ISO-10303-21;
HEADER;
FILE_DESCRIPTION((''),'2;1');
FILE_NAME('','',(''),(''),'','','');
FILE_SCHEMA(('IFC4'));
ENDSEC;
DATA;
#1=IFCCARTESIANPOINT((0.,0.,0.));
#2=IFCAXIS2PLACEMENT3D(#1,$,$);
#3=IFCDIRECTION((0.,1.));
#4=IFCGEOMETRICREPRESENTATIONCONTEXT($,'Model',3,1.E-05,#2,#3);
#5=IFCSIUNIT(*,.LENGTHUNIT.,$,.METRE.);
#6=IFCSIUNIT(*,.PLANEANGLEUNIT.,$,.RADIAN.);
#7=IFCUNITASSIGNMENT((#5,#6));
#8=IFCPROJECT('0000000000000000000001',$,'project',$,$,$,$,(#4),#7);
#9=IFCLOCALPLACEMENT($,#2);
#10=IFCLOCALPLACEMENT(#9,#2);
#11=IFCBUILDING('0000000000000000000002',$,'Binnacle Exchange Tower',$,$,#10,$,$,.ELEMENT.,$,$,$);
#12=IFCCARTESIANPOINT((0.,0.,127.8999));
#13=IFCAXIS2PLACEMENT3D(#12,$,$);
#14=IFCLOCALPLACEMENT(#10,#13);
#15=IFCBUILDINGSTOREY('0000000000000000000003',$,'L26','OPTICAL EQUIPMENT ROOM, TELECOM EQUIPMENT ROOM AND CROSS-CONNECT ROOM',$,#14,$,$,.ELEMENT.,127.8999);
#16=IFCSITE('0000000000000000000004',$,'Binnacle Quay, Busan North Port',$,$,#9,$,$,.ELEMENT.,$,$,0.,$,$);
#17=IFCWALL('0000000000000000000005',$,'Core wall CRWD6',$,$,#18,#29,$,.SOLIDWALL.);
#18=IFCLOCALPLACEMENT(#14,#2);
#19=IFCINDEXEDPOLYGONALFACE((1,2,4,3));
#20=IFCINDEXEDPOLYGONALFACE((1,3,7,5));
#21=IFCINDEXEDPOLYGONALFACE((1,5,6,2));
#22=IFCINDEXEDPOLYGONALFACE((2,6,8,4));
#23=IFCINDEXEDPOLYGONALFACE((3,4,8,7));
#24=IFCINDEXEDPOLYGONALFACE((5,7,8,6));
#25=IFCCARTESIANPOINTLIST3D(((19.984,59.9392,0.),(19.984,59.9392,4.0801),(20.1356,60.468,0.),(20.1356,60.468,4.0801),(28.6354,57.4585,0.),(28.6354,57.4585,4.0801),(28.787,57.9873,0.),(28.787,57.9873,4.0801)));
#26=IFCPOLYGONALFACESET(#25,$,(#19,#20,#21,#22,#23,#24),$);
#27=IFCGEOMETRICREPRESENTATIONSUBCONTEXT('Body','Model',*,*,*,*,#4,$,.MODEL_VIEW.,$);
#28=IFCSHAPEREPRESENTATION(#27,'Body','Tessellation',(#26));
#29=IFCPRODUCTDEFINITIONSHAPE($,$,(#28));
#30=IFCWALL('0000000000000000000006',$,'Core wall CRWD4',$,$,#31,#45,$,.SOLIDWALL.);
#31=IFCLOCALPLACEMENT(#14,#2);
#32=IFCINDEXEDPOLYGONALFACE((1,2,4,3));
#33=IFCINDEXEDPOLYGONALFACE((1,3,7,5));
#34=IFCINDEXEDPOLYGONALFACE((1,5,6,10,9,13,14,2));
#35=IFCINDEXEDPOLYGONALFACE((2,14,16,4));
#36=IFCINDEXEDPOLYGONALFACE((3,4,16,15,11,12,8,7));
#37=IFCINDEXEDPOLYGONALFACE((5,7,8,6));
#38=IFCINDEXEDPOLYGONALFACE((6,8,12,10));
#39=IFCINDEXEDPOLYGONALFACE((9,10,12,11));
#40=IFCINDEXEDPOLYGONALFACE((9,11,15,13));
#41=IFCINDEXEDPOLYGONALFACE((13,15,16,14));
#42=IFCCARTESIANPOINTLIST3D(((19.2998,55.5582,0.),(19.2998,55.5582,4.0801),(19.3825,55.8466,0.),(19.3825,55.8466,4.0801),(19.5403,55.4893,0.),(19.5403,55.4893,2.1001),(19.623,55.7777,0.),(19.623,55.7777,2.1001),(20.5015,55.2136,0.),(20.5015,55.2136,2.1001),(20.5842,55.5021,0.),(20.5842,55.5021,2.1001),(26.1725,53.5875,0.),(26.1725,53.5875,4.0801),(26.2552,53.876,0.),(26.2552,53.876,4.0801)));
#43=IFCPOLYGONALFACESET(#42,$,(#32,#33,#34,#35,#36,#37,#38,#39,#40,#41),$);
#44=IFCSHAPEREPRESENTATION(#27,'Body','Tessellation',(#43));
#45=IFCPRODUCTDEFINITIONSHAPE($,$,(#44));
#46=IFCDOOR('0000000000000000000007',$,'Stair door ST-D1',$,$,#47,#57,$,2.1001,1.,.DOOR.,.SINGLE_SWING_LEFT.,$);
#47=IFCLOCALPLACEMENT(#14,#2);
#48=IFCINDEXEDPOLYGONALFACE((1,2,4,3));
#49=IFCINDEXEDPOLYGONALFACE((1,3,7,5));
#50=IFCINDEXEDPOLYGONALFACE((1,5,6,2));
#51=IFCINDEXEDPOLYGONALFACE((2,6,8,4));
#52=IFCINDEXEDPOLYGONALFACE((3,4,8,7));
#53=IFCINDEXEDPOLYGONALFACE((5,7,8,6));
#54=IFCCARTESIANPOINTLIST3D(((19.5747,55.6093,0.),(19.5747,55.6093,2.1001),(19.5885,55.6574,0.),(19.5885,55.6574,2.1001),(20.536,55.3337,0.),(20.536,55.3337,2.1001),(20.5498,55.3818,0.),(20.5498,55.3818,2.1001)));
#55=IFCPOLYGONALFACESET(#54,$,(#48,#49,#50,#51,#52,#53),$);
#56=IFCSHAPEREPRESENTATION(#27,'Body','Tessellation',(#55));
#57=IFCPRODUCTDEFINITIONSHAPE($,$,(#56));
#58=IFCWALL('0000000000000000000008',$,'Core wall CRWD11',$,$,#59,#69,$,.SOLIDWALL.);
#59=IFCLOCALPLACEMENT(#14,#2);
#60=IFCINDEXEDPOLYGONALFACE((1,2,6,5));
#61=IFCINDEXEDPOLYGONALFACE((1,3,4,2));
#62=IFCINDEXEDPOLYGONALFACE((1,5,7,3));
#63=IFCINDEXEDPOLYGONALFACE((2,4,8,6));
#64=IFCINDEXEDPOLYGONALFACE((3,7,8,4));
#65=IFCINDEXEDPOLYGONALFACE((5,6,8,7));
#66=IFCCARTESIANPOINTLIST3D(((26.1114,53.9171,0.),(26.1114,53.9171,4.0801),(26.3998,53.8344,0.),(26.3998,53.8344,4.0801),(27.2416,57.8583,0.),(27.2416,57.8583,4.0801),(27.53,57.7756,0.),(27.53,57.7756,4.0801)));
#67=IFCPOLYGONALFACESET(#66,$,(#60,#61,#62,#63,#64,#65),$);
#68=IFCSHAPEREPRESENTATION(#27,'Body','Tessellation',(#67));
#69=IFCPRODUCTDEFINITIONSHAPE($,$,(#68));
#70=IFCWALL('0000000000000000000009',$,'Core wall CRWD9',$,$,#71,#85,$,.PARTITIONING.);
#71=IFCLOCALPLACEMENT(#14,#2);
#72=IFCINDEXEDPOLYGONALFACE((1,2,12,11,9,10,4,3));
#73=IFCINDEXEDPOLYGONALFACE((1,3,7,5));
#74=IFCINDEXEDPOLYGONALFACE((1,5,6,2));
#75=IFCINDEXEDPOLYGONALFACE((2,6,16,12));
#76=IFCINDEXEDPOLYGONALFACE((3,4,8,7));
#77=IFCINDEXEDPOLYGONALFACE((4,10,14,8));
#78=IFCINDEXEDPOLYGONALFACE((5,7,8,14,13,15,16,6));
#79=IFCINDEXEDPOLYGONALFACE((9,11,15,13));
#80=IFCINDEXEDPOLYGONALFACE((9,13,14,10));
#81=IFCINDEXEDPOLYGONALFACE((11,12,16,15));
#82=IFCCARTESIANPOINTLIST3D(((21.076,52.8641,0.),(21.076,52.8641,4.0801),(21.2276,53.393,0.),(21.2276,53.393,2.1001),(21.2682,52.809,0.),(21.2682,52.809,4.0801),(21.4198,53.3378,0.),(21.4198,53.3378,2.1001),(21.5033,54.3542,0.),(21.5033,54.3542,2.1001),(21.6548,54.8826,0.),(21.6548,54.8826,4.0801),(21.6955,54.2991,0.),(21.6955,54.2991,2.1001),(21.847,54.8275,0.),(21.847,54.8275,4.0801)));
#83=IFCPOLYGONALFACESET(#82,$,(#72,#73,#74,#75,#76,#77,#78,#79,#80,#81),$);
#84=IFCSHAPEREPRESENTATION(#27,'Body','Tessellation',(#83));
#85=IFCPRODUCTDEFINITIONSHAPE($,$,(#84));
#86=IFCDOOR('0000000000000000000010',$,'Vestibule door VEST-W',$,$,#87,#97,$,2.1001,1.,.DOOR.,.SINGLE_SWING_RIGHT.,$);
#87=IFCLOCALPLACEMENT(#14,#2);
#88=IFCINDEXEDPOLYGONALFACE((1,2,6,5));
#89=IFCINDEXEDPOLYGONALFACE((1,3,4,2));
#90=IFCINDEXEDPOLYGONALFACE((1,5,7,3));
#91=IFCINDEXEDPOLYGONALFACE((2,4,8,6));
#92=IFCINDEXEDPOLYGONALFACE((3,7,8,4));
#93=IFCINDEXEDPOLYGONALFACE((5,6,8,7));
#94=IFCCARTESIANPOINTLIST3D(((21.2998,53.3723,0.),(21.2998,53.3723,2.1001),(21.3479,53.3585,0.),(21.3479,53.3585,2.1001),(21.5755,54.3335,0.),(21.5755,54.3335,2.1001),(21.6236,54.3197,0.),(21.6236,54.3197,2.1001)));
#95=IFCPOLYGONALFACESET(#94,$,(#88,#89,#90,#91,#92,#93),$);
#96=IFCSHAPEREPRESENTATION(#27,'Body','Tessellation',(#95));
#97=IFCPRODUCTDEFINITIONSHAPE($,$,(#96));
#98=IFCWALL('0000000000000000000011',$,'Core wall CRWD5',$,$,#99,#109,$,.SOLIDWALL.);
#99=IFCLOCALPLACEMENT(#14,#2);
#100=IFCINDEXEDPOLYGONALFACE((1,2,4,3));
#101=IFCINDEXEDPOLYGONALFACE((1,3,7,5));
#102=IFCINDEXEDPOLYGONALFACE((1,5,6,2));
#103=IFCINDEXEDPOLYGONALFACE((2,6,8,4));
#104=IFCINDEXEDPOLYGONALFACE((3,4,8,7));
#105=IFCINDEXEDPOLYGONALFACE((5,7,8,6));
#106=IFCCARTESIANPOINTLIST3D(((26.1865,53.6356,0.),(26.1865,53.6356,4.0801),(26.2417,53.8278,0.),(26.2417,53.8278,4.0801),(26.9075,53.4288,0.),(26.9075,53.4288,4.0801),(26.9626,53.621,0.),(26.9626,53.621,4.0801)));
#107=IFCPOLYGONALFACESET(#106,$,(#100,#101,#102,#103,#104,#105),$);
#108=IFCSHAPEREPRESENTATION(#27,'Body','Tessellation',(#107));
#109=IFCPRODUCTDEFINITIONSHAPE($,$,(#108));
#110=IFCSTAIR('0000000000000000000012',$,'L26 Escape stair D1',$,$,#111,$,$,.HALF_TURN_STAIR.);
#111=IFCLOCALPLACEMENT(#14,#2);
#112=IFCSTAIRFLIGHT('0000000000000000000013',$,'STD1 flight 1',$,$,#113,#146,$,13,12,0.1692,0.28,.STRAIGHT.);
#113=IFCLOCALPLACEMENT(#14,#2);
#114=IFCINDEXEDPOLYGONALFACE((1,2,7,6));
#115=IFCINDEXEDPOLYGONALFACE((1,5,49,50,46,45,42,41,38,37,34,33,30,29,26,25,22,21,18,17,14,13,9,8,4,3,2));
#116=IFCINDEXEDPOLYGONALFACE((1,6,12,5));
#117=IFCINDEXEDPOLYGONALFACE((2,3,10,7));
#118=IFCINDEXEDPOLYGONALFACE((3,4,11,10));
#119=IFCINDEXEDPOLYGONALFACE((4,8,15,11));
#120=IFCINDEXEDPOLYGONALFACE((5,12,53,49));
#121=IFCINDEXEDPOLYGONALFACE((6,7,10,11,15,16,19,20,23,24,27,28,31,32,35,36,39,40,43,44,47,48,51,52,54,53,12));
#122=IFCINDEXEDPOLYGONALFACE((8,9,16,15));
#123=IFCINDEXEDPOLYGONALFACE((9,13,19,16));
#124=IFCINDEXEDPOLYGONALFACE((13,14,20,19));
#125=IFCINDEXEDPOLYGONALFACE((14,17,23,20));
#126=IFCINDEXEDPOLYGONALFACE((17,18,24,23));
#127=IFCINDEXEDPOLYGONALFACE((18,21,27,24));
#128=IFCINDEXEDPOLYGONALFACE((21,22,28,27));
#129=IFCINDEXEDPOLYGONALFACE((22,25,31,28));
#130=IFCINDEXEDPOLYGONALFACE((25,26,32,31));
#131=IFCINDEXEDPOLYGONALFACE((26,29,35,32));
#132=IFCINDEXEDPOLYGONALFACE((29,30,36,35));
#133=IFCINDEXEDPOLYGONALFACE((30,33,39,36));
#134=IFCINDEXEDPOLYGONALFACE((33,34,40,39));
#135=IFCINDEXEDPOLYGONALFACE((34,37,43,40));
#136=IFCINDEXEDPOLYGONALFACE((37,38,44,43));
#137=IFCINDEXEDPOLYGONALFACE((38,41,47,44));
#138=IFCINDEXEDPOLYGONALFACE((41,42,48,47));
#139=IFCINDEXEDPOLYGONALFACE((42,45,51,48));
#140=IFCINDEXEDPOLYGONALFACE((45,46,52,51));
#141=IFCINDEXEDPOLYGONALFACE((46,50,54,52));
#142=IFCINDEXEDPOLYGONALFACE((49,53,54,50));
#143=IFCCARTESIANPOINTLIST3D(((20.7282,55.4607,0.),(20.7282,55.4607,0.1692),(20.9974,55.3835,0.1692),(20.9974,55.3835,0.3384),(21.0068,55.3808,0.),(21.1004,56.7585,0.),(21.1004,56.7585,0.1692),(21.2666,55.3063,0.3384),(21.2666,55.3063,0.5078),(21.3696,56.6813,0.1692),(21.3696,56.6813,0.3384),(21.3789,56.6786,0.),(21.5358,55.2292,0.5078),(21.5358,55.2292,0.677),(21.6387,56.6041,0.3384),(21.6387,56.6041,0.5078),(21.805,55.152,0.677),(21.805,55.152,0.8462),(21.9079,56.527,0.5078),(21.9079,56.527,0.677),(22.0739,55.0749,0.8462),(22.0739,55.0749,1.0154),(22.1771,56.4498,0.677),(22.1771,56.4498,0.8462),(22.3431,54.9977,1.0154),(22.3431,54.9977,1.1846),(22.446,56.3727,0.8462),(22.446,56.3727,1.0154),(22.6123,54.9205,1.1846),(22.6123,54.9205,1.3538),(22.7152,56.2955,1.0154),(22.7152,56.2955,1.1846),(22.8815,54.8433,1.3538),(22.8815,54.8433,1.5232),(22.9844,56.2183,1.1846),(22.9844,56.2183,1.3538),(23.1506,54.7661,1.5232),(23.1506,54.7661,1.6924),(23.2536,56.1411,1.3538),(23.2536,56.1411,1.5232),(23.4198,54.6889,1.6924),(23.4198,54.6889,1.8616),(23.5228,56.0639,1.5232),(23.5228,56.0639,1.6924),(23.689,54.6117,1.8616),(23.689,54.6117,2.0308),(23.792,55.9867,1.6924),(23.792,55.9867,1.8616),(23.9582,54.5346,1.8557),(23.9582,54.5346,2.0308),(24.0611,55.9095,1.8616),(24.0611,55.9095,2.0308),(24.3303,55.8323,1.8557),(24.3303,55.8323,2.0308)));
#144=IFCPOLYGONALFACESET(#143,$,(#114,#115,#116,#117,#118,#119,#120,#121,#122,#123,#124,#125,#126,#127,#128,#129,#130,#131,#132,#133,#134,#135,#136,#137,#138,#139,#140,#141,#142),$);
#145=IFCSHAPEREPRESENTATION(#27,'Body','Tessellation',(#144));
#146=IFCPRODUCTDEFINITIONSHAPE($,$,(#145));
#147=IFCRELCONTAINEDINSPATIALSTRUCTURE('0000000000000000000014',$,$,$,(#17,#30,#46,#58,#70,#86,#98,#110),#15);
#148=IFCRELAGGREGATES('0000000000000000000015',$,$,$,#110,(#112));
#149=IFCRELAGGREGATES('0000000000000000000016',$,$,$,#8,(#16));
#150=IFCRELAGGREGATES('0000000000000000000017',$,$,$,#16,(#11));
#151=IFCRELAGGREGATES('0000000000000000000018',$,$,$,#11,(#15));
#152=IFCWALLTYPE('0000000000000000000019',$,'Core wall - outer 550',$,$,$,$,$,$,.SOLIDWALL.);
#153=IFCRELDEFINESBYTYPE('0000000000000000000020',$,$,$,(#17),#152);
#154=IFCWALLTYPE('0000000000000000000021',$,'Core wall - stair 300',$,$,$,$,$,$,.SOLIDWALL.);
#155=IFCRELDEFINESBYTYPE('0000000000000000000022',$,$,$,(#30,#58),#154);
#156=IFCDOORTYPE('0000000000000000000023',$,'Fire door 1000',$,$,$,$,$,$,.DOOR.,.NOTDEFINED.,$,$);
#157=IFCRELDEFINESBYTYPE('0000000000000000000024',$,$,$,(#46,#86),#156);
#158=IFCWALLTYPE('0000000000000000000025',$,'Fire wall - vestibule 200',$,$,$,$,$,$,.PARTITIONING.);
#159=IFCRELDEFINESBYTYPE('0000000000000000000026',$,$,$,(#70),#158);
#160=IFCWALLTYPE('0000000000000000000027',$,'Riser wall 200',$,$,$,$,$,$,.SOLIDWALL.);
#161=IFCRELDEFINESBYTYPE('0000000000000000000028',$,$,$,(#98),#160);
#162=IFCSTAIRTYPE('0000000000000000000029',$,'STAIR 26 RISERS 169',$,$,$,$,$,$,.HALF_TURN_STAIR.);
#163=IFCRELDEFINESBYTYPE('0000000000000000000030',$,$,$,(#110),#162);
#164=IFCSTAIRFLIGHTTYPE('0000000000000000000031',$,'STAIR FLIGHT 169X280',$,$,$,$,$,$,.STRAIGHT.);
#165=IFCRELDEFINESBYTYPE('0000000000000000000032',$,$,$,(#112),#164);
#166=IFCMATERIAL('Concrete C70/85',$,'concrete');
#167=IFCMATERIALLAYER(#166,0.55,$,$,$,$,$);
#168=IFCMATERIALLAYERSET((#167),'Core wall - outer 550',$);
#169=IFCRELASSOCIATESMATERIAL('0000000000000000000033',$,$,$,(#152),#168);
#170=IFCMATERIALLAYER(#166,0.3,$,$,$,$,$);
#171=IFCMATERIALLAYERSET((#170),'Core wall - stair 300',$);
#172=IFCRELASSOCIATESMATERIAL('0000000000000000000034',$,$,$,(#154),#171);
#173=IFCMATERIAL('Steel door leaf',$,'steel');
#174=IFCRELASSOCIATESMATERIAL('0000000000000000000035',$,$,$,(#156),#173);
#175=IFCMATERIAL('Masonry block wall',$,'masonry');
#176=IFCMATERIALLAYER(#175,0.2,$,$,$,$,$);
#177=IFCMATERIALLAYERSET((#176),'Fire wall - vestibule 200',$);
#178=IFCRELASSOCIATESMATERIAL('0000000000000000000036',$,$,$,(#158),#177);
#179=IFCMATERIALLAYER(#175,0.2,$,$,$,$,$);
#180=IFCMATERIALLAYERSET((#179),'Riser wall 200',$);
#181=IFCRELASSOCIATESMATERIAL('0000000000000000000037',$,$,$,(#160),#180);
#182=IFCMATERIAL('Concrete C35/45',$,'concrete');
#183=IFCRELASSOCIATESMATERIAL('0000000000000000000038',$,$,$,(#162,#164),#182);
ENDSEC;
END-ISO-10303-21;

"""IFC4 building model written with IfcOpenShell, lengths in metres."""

from ifc_helpers import new_model, si_unit, direction, frame, frame_2d, origin, place, context, subcontext, project, spatial, polyline, rectangle, outline, extrude, material, layer, layer_set, type_object, element, fill, aggregate, save


model = new_model("IFC4")

# Units and contexts
model_context = context("Model", 3, precision=1e-05, world=origin(), true_north=direction((0.0, 1.0)))
body_context = subcontext(model_context, "Body", "Model", "MODEL_VIEW")
ifc_project = project(units=[si_unit("LENGTHUNIT", "METRE"), si_unit("PLANEANGLEUNIT", "RADIAN")], contexts=[model_context])

# Site, building, storey
site_placement = place(None, origin())
site = spatial("IfcSite", under=ifc_project, at=site_placement, Name="Binnacle Quay, Busan North Port", CompositionType="ELEMENT", RefElevation=0.0)
building_placement = place(site_placement, origin())
building = spatial("IfcBuilding", under=site, at=building_placement, Name="Binnacle Exchange Tower", CompositionType="ELEMENT")
storey_placement = place(building_placement, frame((0.0, 0.0, 127.8999)))
storey = spatial("IfcBuildingStorey", under=building, at=storey_placement, Name="L26", Description="OPTICAL EQUIPMENT ROOM, TELECOM EQUIPMENT ROOM AND CROSS-CONNECT ROOM", CompositionType="ELEMENT", Elevation=127.8999)

# Shared definitions
ifc_material_1 = material(Name="Concrete C70/85", Category="concrete")

# Shared definitions
ifc_material_2 = material(Name="Steel door leaf", Category="steel")

# Wall
ifc_layer_1 = layer(ifc_material_1, 0.55)
ifc_layer_set_1 = layer_set([ifc_layer_1], Name="Core wall - outer 550")
wall_type_1 = type_object("IfcWallType", Name="Core wall - outer 550", PredefinedType="SOLIDWALL", material=ifc_layer_set_1)
wall_1_placement = place(storey_placement, frame((20.0598, 60.2036, 0.0), z_axis=(0.0, 0.0, 1.0), x_axis=(0.961262, -0.275635, 0.0)))
element("IfcWall", 1, at=wall_1_placement, inside=storey, type_object=wall_type_1, Name="Core wall CRWD6", PredefinedType="SOLIDWALL", context=body_context, shape_type="SweptSolid", body=[
    extrude(rectangle(XDim=9.0, YDim=0.55, at=frame_2d((4.5, 0.0))), origin(), (0.0, 0.0, 1.0), 4.0801),
])

# Wall, opening, door
ifc_layer_2 = layer(ifc_material_1, 0.3)
ifc_layer_set_2 = layer_set([ifc_layer_2], Name="Core wall - stair 300")
wall_type_2 = type_object("IfcWallType", Name="Core wall - stair 300", PredefinedType="SOLIDWALL", material=ifc_layer_set_2)
wall_2_placement = place(storey_placement, frame((19.3413, 55.7024, 0.0), z_axis=(0.0, 0.0, 1.0), x_axis=(0.961263, -0.275632, 0.0)))
wall_2 = element("IfcWall", 2, at=wall_2_placement, inside=storey, type_object=wall_type_2, Name="Core wall CRWD4", PredefinedType="SOLIDWALL", context=body_context, shape_type="SweptSolid", body=[
    extrude(rectangle(XDim=7.1497, YDim=0.3, at=frame_2d((3.5747, 0.0))), origin(), (0.0, 0.0, 1.0), 4.0801),
])
opening_1_placement = place(wall_2_placement, frame((0.25, 0.0, 0.0)))
opening_1 = element("IfcOpeningElement", 3, at=opening_1_placement, cuts=wall_2, PredefinedType="OPENING", context=body_context, shape_type="SweptSolid", body=[
    extrude(rectangle(XDim=1.0, YDim=2.1001, at=frame_2d((0.5, 1.05))), frame((0.0, 0.1599, 0.0), z_axis=(0.0, -1.0, 0.0), x_axis=(1.0, 0.0, 0.0)), (0.0, 0.0, 1.0), 0.3201),
])
door_type_1 = type_object("IfcDoorType", Name="Fire door 1000", OperationType="NOTDEFINED", PredefinedType="DOOR", material=ifc_material_2)
door_1_placement = place(opening_1_placement, origin())
door_1 = element("IfcDoor", 4, at=door_1_placement, inside=storey, type_object=door_type_1, Name="Stair door ST-D1", OperationType="SINGLE_SWING_LEFT", OverallHeight=2.1001, OverallWidth=1.0, PredefinedType="DOOR", context=body_context, shape_type="SweptSolid", body=[
    extrude(rectangle(XDim=1.0, YDim=2.1001, at=frame_2d((0.5, 1.05))), frame((0.0, 0.0249, 0.0), z_axis=(0.0, -1.0, 0.0), x_axis=(1.0, 0.0, 0.0)), (0.0, 0.0, 1.0), 0.05),
])
fill(opening_1, door_1)

# Wall
wall_3_placement = place(storey_placement, frame((26.2556, 53.8757, 0.0), z_axis=(0.0, 0.0, 1.0), x_axis=(0.275641, 0.961261, 0.0)))
element("IfcWall", 5, at=wall_3_placement, inside=storey, type_object=wall_type_2, Name="Core wall CRWD11", PredefinedType="SOLIDWALL", context=body_context, shape_type="SweptSolid", body=[
    extrude(rectangle(XDim=4.1001, YDim=0.3, at=frame_2d((2.05, 0.0))), origin(), (0.0, 0.0, 1.0), 4.0801),
])

# Wall, opening, door
ifc_material_3 = material(Name="Masonry block wall", Category="masonry")
ifc_layer_3 = layer(ifc_material_3, 0.2)
ifc_layer_set_3 = layer_set([ifc_layer_3], Name="Fire wall - vestibule 200")
wall_type_3 = type_object("IfcWallType", Name="Fire wall - vestibule 200", PredefinedType="PARTITIONING", material=ifc_layer_set_3)
wall_4_placement = place(storey_placement, frame((21.1721, 52.8367, 0.0), z_axis=(0.0, 0.0, 1.0), x_axis=(0.275658, 0.961256, 0.0)))
wall_4 = element("IfcWall", 6, at=wall_4_placement, inside=storey, type_object=wall_type_3, Name="Core wall CRWD9", PredefinedType="PARTITIONING", context=body_context, shape_type="SweptSolid", body=[
    extrude(rectangle(XDim=2.0999, YDim=0.2, at=frame_2d((1.0498, 0.0))), origin(), (0.0, 0.0, 1.0), 4.0801),
])
opening_2_placement = place(wall_4_placement, frame((0.55, 0.0, 0.0)))
opening_2 = element("IfcOpeningElement", 7, at=opening_2_placement, cuts=wall_4, PredefinedType="OPENING", context=body_context, shape_type="SweptSolid", body=[
    extrude(rectangle(XDim=1.0, YDim=2.1001, at=frame_2d((0.5, 1.05))), frame((0.0, 0.1099, 0.0), z_axis=(0.0, -1.0, 0.0), x_axis=(1.0, 0.0, 0.0)), (0.0, 0.0, 1.0), 0.22),
])
door_2_placement = place(opening_2_placement, origin())
door_2 = element("IfcDoor", 8, at=door_2_placement, inside=storey, type_object=door_type_1, Name="Vestibule door VEST-W", OperationType="SINGLE_SWING_RIGHT", OverallHeight=2.1001, OverallWidth=1.0, PredefinedType="DOOR", context=body_context, shape_type="SweptSolid", body=[
    extrude(rectangle(XDim=1.0, YDim=2.1001, at=frame_2d((0.5, 1.05))), frame((0.0, 0.0249, 0.0), z_axis=(0.0, -1.0, 0.0), x_axis=(1.0, 0.0, 0.0)), (0.0, 0.0, 1.0), 0.05),
])
fill(opening_2, door_2)

# Wall
ifc_layer_4 = layer(ifc_material_3, 0.2)
ifc_layer_set_4 = layer_set([ifc_layer_4], Name="Riser wall 200")
wall_type_4 = type_object("IfcWallType", Name="Riser wall 200", PredefinedType="SOLIDWALL", material=ifc_layer_set_4)
wall_5_placement = place(storey_placement, frame((26.2141, 53.7317, 0.0), z_axis=(0.0, 0.0, 1.0), x_axis=(0.961241, -0.27571, 0.0)))
element("IfcWall", 9, at=wall_5_placement, inside=storey, type_object=wall_type_4, Name="Core wall CRWD5", PredefinedType="SOLIDWALL", context=body_context, shape_type="SweptSolid", body=[
    extrude(rectangle(XDim=0.75, YDim=0.2, at=frame_2d((0.375, 0.0))), origin(), (0.0, 0.0, 1.0), 4.0801),
])

# Stair, stair flight
ifc_material_4 = material(Name="Concrete C35/45", Category="concrete")
stair_type = type_object("IfcStairType", Name="STAIR 26 RISERS 169", PredefinedType="HALF_TURN_STAIR", material=ifc_material_4)
stair_placement = place(storey_placement, origin())
stair = element("IfcStair", 10, at=stair_placement, inside=storey, type_object=stair_type, Name="L26 Escape stair D1", PredefinedType="HALF_TURN_STAIR")
stair_flight_type = type_object("IfcStairFlightType", Name="STAIR FLIGHT 169X280", PredefinedType="STRAIGHT", material=ifc_material_4)
stair_flight_1_placement = place(storey_placement, frame((20.9143, 56.1096, 0.0), z_axis=(0.0, 0.0, 1.0), x_axis=(0.961262, -0.275637, 0.0)))
stair_flight_1 = element("IfcStairFlight", 11, at=stair_flight_1_placement, type_object=stair_flight_type, Name="STD1 flight 1", NumberOfRisers=13, NumberOfTreads=12, PredefinedType="STRAIGHT", RiserHeight=0.1692, TreadLength=0.28, context=body_context, shape_type="SweptSolid", body=[
    extrude(outline(polyline([(0.0, 0.0), (0.0, 0.1692), (0.28, 0.1692), (0.28, 0.3384), (0.5601, 0.3384), (0.5601, 0.5078), (0.8401, 0.5078), (0.8401, 0.677), (1.1201, 0.677), (1.1201, 0.8462), (1.3999, 0.8462), (1.3999, 1.0154), (1.6799, 1.0154), (1.6799, 1.1846), (1.96, 1.1846), (1.96, 1.3538), (2.24, 1.3538), (2.24, 1.5232), (2.52, 1.5232), (2.52, 1.6924), (2.8, 1.6924), (2.8, 1.8616), (3.0801, 1.8616), (3.0801, 2.0308), (3.3601, 2.0308), (3.3601, 2.2), (3.3601, 1.8557), (0.2898, 0.0), (0.0, 0.0)])), frame((0.0, 0.675, 0.0), z_axis=(0.0, -1.0, 0.0), x_axis=(1.0, 0.0, 0.0)), (0.0, 0.0, 1.0), 1.3501),
])
aggregate(stair, [stair_flight_1])

save(model, "model.ifc")
